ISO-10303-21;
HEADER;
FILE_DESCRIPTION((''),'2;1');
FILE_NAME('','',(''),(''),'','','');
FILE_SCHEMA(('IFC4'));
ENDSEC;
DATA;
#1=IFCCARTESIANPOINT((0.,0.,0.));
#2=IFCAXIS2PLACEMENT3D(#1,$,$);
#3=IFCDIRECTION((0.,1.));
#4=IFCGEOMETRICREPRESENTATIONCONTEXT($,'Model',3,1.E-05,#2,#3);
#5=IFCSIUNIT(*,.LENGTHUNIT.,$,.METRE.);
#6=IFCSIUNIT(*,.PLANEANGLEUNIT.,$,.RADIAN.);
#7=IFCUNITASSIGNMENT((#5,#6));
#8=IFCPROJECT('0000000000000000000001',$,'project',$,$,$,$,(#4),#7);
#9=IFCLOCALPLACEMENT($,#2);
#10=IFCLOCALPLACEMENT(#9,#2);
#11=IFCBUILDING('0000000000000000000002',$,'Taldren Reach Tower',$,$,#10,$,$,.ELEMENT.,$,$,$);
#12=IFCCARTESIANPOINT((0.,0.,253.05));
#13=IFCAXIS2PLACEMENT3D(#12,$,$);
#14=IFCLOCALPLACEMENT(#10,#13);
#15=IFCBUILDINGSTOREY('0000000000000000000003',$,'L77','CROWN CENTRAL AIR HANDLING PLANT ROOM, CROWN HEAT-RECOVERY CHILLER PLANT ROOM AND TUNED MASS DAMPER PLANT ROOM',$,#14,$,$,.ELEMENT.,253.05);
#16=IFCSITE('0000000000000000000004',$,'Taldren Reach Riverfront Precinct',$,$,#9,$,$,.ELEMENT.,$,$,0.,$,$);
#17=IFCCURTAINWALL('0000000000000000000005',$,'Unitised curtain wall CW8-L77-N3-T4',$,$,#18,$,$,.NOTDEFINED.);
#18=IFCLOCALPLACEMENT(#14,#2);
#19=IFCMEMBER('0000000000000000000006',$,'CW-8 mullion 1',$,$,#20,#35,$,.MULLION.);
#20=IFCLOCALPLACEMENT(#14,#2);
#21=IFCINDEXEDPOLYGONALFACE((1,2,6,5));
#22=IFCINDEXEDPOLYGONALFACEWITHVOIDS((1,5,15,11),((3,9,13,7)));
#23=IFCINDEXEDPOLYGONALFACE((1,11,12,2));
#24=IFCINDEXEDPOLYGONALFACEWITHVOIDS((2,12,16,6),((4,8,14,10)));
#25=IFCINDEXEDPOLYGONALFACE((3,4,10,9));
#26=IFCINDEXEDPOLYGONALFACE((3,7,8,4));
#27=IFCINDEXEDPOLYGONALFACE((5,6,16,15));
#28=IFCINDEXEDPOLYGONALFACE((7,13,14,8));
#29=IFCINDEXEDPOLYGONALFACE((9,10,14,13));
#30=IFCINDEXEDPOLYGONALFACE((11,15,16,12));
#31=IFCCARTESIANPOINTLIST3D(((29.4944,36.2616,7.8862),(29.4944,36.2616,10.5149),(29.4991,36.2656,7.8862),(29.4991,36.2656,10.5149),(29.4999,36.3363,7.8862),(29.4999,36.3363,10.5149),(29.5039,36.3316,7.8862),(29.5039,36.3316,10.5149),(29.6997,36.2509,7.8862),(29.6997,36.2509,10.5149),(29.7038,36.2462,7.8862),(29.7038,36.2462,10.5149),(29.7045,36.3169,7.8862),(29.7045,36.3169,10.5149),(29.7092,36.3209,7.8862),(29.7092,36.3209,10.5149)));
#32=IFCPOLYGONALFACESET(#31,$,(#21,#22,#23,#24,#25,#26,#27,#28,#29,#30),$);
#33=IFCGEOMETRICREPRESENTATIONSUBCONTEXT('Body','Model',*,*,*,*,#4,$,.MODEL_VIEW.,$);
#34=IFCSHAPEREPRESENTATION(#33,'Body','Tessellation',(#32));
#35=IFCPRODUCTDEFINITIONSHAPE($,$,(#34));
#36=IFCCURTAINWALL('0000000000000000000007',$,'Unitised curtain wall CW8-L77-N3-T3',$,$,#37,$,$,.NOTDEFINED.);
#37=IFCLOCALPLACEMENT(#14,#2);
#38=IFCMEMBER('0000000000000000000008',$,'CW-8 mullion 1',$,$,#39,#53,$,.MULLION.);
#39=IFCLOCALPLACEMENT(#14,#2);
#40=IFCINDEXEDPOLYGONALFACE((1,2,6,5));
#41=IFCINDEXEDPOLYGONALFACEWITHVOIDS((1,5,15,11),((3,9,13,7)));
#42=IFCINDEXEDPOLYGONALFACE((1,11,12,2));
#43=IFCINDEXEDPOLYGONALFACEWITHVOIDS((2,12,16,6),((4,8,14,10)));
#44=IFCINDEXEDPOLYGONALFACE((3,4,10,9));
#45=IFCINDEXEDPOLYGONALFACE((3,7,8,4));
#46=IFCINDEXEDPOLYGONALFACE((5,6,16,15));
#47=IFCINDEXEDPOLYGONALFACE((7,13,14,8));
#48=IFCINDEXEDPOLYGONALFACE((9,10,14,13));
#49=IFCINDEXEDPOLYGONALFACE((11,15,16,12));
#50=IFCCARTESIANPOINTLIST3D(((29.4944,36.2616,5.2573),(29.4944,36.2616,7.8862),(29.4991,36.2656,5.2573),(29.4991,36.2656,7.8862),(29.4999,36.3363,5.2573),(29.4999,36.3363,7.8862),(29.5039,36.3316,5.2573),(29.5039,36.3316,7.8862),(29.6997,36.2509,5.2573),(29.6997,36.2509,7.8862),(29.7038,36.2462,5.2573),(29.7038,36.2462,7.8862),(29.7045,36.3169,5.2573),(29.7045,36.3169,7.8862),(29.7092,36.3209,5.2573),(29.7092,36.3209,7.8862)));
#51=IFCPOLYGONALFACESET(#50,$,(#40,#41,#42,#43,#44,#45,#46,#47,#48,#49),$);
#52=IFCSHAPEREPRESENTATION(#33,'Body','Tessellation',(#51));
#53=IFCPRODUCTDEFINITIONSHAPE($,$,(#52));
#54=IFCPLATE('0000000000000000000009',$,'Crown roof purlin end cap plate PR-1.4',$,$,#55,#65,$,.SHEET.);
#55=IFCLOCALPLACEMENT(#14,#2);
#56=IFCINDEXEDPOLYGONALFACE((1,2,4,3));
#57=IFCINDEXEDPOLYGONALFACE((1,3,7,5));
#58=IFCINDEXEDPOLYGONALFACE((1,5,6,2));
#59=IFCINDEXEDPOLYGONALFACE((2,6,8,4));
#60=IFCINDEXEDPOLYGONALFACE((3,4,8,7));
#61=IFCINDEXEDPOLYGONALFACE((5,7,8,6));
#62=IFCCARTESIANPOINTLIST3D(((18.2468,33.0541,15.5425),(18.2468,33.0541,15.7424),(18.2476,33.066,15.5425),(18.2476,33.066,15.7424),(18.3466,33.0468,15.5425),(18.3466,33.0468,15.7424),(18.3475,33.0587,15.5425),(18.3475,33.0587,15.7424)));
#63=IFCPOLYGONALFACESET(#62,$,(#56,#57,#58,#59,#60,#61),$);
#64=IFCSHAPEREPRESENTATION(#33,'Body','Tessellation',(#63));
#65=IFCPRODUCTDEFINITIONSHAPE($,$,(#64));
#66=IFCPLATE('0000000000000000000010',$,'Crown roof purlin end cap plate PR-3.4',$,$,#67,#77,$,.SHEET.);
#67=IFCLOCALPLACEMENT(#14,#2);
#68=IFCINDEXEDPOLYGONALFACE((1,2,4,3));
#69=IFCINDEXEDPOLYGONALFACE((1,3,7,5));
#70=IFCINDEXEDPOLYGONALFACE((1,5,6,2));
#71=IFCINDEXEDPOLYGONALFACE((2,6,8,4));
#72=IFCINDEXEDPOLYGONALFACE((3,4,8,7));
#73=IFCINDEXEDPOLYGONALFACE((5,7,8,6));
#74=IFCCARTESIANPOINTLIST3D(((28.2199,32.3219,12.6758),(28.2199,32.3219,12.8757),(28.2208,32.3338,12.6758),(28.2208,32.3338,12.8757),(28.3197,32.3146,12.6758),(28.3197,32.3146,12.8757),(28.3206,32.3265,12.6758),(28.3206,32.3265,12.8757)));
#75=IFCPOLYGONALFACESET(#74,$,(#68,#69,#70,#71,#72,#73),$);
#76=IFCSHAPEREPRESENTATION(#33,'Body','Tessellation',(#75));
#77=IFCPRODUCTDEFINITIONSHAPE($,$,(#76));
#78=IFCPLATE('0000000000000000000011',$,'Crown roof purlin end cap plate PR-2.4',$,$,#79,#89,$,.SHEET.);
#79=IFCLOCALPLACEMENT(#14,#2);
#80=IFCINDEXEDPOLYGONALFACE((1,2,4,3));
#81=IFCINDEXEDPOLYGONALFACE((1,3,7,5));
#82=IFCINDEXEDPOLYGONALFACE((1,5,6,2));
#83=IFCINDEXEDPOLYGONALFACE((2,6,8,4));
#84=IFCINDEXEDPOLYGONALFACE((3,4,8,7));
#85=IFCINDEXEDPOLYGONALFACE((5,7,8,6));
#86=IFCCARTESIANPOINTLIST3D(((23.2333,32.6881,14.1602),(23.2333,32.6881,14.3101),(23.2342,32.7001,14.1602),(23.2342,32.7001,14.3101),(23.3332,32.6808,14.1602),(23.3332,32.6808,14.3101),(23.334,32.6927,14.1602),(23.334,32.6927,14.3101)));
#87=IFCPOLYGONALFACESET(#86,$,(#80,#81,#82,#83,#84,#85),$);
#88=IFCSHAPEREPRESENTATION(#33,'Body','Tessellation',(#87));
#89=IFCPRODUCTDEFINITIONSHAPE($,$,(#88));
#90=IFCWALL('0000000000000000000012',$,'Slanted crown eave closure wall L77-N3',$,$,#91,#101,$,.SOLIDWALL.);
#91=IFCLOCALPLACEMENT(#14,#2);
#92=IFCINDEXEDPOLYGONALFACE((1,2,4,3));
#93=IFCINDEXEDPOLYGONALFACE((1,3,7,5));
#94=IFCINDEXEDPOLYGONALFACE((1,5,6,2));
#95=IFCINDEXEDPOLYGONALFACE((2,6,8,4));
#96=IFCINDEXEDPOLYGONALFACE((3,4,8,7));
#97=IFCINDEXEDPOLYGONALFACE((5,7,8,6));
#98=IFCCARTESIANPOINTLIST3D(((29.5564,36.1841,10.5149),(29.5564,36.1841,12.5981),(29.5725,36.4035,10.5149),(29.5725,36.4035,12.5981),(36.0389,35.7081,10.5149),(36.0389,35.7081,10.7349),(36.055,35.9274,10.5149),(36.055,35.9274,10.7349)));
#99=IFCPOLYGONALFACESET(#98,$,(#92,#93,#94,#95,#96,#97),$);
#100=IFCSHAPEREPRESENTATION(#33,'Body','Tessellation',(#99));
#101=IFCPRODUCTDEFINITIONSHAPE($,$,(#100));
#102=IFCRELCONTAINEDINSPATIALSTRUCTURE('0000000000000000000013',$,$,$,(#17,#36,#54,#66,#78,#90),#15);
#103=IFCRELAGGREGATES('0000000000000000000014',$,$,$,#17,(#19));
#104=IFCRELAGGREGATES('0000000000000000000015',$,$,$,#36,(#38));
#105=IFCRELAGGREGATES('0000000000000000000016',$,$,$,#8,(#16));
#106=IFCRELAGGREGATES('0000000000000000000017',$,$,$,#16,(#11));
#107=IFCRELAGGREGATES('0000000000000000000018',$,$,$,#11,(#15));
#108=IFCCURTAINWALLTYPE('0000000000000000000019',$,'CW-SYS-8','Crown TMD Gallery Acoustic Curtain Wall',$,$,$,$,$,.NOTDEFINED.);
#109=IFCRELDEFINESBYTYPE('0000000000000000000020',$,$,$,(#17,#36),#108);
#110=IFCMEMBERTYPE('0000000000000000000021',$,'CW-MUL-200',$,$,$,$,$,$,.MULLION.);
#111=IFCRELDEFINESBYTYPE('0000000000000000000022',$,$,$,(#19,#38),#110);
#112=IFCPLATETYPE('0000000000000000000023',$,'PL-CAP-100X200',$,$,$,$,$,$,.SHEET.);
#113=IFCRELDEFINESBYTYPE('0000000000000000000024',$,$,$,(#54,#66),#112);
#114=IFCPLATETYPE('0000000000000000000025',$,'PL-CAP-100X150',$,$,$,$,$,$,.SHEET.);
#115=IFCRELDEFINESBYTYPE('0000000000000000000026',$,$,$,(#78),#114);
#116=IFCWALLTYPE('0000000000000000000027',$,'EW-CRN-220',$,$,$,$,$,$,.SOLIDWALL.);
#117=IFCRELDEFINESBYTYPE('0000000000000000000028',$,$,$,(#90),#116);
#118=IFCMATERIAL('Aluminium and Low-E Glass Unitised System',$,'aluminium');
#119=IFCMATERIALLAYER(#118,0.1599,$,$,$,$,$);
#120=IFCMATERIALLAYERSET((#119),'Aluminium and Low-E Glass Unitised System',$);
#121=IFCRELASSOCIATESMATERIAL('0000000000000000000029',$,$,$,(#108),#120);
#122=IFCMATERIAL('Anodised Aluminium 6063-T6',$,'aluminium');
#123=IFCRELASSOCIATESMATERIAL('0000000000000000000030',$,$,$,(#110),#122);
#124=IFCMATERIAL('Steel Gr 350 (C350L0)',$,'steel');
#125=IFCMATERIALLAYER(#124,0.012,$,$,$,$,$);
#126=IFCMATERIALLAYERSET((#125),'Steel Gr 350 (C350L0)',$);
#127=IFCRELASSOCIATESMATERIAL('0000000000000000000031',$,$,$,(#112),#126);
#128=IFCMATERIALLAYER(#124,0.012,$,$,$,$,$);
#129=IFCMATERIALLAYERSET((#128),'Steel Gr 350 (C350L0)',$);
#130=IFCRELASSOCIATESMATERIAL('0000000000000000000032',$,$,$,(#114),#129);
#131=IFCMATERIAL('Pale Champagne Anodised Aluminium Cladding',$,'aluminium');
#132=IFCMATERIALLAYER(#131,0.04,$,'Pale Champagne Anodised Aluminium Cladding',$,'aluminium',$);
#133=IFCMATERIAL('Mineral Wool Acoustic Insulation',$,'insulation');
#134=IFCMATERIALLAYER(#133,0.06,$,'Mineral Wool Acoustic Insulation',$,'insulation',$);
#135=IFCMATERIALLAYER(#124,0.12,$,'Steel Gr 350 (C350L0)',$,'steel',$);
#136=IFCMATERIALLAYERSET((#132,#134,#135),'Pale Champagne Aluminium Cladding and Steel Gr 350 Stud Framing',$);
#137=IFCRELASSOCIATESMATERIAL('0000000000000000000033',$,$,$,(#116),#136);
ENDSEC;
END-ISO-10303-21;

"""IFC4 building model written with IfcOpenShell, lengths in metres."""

from ifc_helpers import new_model, si_unit, direction, frame, origin, origin_2d, place, context, subcontext, project, spatial, polyline, rectangle, hollow_rectangle, outline, extrude, source, transform, mapped, material, layer, layer_set, material_profile, profile_set, type_object, element, aggregate, save


model = new_model("IFC4")

# Units and contexts
model_context = context("Model", 3, precision=1e-05, world=origin(), true_north=direction((0.0, 1.0)))
body_context = subcontext(model_context, "Body", "Model", "MODEL_VIEW")
ifc_project = project(units=[si_unit("LENGTHUNIT", "METRE"), si_unit("PLANEANGLEUNIT", "RADIAN")], contexts=[model_context])

# Site, building, storey
site_placement = place(None, origin())
site = spatial("IfcSite", under=ifc_project, at=site_placement, Name="Taldren Reach Riverfront Precinct", CompositionType="ELEMENT", RefElevation=0.0)
building_placement = place(site_placement, origin())
building = spatial("IfcBuilding", under=site, at=building_placement, Name="Taldren Reach Tower", CompositionType="ELEMENT")
storey_placement = place(building_placement, frame((0.0, 0.0, 253.05)))
storey = spatial("IfcBuildingStorey", under=building, at=storey_placement, Name="L77", Description="CROWN CENTRAL AIR HANDLING PLANT ROOM, CROWN HEAT-RECOVERY CHILLER PLANT ROOM AND TUNED MASS DAMPER PLANT ROOM", CompositionType="ELEMENT", Elevation=253.05)

# Shared definitions
ifc_material_1 = material(Name="Steel Gr 350 (C350L0)", Category="steel")

# Curtain walls, members
ifc_material_2 = material(Name="Aluminium and Low-E Glass Unitised System", Category="aluminium")
ifc_layer_1 = layer(ifc_material_2, 0.1599)
ifc_layer_set_1 = layer_set([ifc_layer_1], Name="Aluminium and Low-E Glass Unitised System")
curtain_wall_type = type_object("IfcCurtainWallType", Name="CW-SYS-8", Description="Crown TMD Gallery Acoustic Curtain Wall", PredefinedType="NOTDEFINED", material=ifc_layer_set_1)
curtain_wall_1_placement = place(storey_placement, origin())
curtain_wall_1 = element("IfcCurtainWall", 1, at=curtain_wall_1_placement, inside=storey, type_object=curtain_wall_type, Name="Unitised curtain wall CW8-L77-N3-T4", PredefinedType="NOTDEFINED")
ifc_material_3 = material(Name="Anodised Aluminium 6063-T6", Category="aluminium")
ifc_material_profile_1 = material_profile(ifc_material_3, hollow_rectangle(XDim=0.075, YDim=0.21, WallThickness=0.0044, at=origin_2d()), Name="ALU-210x75x4.5RHS")
ifc_profile_set_1 = profile_set([ifc_material_profile_1], Name="Anodised Aluminium 6063-T6")
member_type_1 = type_object("IfcMemberType", Name="CW-MUL-200", PredefinedType="MULLION", material=ifc_profile_set_1)
shared_shape_1 = source(origin(), body_context, "Body", "SweptSolid", [
    extrude(hollow_rectangle(XDim=0.075, YDim=0.21, WallThickness=0.0044, at=origin_2d()), origin(), (0.0, 0.0, 1.0), 2.6287),
])
member_1_placement = place(storey_placement, frame((29.6018, 36.2913, 7.8862), z_axis=(0.0, 0.0, 1.0), x_axis=(0.073237, 0.997315, 0.0)))
member_1 = element("IfcMember", 2, at=member_1_placement, type_object=member_type_1, Name="CW-8 mullion 1", PredefinedType="MULLION", context=body_context, shape_type="MappedRepresentation", body=[
    mapped(shared_shape_1, transform((0.0, 0.0, 0.0), scale=1.0)),
])
aggregate(curtain_wall_1, [member_1])
curtain_wall_2_placement = place(storey_placement, origin())
curtain_wall_2 = element("IfcCurtainWall", 3, at=curtain_wall_2_placement, inside=storey, type_object=curtain_wall_type, Name="Unitised curtain wall CW8-L77-N3-T3", PredefinedType="NOTDEFINED")
shared_shape_2 = source(origin(), body_context, "Body", "SweptSolid", [
    extrude(hollow_rectangle(XDim=0.075, YDim=0.21, WallThickness=0.0044, at=origin_2d()), origin(), (0.0, 0.0, 1.0), 2.6289),
])
member_2_placement = place(storey_placement, frame((29.6018, 36.2913, 5.2573), z_axis=(0.0, 0.0, 1.0), x_axis=(0.073237, 0.997315, 0.0)))
member_2 = element("IfcMember", 4, at=member_2_placement, type_object=member_type_1, Name="CW-8 mullion 1", PredefinedType="MULLION", context=body_context, shape_type="MappedRepresentation", body=[
    mapped(shared_shape_2, transform((0.0, 0.0, 0.0), scale=1.0)),
])
aggregate(curtain_wall_2, [member_2])

# Plates
ifc_layer_2 = layer(ifc_material_1, 0.012)
ifc_layer_set_2 = layer_set([ifc_layer_2], Name="Steel Gr 350 (C350L0)")
plate_type_1 = type_object("IfcPlateType", Name="PL-CAP-100X200", PredefinedType="SHEET", material=ifc_layer_set_2)
shared_shape_3 = source(origin(), body_context, "Body", "SweptSolid", [
    extrude(rectangle(XDim=0.1001, YDim=0.012, at=origin_2d()), origin(), (0.0, 0.0, 1.0), 0.2),
])
for number, where, z_axis, x_axis, name in (
    (5, (18.2971, 33.0564, 15.5425), (0.0, 0.0, 1.0), (0.997314, -0.073238, 0.0), "Crown roof purlin end cap plate PR-1.4"),
    (6, (28.2703, 32.3242, 12.6758), (0.0, 0.0, 1.0), (0.997314, -0.073238, 0.0), "Crown roof purlin end cap plate PR-3.4"),
):
    element("IfcPlate", number, at=place(storey_placement, frame(where, z_axis=z_axis, x_axis=x_axis)), inside=storey, type_object=plate_type_1, Name=name, PredefinedType="SHEET", context=body_context, shape_type="MappedRepresentation", body=[
        mapped(shared_shape_3, transform((0.0, 0.0, 0.0), scale=1.0)),
    ])
ifc_layer_3 = layer(ifc_material_1, 0.012)
ifc_layer_set_3 = layer_set([ifc_layer_3], Name="Steel Gr 350 (C350L0)")
plate_type_2 = type_object("IfcPlateType", Name="PL-CAP-100X150", PredefinedType="SHEET", material=ifc_layer_set_3)
shared_shape_4 = source(origin(), body_context, "Body", "SweptSolid", [
    extrude(rectangle(XDim=0.1001, YDim=0.012, at=origin_2d()), origin(), (0.0, 0.0, 1.0), 0.1499),
])
plate_placement = place(storey_placement, frame((23.2837, 32.6904, 14.1602), z_axis=(0.0, 0.0, 1.0), x_axis=(0.997314, -0.073238, 0.0)))
element("IfcPlate", 7, at=plate_placement, inside=storey, type_object=plate_type_2, Name="Crown roof purlin end cap plate PR-2.4", PredefinedType="SHEET", context=body_context, shape_type="MappedRepresentation", body=[
    mapped(shared_shape_4, transform((0.0, 0.0, 0.0), scale=1.0)),
])

# Wall
ifc_material_4 = material(Name="Pale Champagne Anodised Aluminium Cladding", Category="aluminium")
ifc_layer_4 = layer(ifc_material_4, 0.04, Name="Pale Champagne Anodised Aluminium Cladding", Category="aluminium")
ifc_material_5 = material(Name="Mineral Wool Acoustic Insulation", Category="insulation")
ifc_layer_5 = layer(ifc_material_5, 0.06, Name="Mineral Wool Acoustic Insulation", Category="insulation")
ifc_layer_6 = layer(ifc_material_1, 0.12, Name="Steel Gr 350 (C350L0)", Category="steel")
ifc_layer_set_4 = layer_set([ifc_layer_4, ifc_layer_5, ifc_layer_6], Name="Pale Champagne Aluminium Cladding and Steel Gr 350 Stud Framing")
wall_type = type_object("IfcWallType", Name="EW-CRN-220", PredefinedType="SOLIDWALL", material=ifc_layer_set_4)
wall_placement = place(storey_placement, frame((29.5645, 36.2939, 10.5149), z_axis=(0.0, 0.0, 1.0), x_axis=(0.997314, -0.073244, 0.0)))
element("IfcWall", 8, at=wall_placement, inside=storey, type_object=wall_type, Name="Slanted crown eave closure wall L77-N3", PredefinedType="SOLIDWALL", context=body_context, shape_type="SweptSolid", body=[
    extrude(outline(polyline([(0.0, 0.0), (6.5, 0.0), (6.5, 0.22), (0.0, 2.0833), (0.0, 0.0)])), frame((0.0, 0.1099, 0.0), z_axis=(0.0, -1.0, 0.0), x_axis=(1.0, 0.0, 0.0)), (0.0, 0.0, 1.0), 0.22),
])

save(model, "model.ifc")
